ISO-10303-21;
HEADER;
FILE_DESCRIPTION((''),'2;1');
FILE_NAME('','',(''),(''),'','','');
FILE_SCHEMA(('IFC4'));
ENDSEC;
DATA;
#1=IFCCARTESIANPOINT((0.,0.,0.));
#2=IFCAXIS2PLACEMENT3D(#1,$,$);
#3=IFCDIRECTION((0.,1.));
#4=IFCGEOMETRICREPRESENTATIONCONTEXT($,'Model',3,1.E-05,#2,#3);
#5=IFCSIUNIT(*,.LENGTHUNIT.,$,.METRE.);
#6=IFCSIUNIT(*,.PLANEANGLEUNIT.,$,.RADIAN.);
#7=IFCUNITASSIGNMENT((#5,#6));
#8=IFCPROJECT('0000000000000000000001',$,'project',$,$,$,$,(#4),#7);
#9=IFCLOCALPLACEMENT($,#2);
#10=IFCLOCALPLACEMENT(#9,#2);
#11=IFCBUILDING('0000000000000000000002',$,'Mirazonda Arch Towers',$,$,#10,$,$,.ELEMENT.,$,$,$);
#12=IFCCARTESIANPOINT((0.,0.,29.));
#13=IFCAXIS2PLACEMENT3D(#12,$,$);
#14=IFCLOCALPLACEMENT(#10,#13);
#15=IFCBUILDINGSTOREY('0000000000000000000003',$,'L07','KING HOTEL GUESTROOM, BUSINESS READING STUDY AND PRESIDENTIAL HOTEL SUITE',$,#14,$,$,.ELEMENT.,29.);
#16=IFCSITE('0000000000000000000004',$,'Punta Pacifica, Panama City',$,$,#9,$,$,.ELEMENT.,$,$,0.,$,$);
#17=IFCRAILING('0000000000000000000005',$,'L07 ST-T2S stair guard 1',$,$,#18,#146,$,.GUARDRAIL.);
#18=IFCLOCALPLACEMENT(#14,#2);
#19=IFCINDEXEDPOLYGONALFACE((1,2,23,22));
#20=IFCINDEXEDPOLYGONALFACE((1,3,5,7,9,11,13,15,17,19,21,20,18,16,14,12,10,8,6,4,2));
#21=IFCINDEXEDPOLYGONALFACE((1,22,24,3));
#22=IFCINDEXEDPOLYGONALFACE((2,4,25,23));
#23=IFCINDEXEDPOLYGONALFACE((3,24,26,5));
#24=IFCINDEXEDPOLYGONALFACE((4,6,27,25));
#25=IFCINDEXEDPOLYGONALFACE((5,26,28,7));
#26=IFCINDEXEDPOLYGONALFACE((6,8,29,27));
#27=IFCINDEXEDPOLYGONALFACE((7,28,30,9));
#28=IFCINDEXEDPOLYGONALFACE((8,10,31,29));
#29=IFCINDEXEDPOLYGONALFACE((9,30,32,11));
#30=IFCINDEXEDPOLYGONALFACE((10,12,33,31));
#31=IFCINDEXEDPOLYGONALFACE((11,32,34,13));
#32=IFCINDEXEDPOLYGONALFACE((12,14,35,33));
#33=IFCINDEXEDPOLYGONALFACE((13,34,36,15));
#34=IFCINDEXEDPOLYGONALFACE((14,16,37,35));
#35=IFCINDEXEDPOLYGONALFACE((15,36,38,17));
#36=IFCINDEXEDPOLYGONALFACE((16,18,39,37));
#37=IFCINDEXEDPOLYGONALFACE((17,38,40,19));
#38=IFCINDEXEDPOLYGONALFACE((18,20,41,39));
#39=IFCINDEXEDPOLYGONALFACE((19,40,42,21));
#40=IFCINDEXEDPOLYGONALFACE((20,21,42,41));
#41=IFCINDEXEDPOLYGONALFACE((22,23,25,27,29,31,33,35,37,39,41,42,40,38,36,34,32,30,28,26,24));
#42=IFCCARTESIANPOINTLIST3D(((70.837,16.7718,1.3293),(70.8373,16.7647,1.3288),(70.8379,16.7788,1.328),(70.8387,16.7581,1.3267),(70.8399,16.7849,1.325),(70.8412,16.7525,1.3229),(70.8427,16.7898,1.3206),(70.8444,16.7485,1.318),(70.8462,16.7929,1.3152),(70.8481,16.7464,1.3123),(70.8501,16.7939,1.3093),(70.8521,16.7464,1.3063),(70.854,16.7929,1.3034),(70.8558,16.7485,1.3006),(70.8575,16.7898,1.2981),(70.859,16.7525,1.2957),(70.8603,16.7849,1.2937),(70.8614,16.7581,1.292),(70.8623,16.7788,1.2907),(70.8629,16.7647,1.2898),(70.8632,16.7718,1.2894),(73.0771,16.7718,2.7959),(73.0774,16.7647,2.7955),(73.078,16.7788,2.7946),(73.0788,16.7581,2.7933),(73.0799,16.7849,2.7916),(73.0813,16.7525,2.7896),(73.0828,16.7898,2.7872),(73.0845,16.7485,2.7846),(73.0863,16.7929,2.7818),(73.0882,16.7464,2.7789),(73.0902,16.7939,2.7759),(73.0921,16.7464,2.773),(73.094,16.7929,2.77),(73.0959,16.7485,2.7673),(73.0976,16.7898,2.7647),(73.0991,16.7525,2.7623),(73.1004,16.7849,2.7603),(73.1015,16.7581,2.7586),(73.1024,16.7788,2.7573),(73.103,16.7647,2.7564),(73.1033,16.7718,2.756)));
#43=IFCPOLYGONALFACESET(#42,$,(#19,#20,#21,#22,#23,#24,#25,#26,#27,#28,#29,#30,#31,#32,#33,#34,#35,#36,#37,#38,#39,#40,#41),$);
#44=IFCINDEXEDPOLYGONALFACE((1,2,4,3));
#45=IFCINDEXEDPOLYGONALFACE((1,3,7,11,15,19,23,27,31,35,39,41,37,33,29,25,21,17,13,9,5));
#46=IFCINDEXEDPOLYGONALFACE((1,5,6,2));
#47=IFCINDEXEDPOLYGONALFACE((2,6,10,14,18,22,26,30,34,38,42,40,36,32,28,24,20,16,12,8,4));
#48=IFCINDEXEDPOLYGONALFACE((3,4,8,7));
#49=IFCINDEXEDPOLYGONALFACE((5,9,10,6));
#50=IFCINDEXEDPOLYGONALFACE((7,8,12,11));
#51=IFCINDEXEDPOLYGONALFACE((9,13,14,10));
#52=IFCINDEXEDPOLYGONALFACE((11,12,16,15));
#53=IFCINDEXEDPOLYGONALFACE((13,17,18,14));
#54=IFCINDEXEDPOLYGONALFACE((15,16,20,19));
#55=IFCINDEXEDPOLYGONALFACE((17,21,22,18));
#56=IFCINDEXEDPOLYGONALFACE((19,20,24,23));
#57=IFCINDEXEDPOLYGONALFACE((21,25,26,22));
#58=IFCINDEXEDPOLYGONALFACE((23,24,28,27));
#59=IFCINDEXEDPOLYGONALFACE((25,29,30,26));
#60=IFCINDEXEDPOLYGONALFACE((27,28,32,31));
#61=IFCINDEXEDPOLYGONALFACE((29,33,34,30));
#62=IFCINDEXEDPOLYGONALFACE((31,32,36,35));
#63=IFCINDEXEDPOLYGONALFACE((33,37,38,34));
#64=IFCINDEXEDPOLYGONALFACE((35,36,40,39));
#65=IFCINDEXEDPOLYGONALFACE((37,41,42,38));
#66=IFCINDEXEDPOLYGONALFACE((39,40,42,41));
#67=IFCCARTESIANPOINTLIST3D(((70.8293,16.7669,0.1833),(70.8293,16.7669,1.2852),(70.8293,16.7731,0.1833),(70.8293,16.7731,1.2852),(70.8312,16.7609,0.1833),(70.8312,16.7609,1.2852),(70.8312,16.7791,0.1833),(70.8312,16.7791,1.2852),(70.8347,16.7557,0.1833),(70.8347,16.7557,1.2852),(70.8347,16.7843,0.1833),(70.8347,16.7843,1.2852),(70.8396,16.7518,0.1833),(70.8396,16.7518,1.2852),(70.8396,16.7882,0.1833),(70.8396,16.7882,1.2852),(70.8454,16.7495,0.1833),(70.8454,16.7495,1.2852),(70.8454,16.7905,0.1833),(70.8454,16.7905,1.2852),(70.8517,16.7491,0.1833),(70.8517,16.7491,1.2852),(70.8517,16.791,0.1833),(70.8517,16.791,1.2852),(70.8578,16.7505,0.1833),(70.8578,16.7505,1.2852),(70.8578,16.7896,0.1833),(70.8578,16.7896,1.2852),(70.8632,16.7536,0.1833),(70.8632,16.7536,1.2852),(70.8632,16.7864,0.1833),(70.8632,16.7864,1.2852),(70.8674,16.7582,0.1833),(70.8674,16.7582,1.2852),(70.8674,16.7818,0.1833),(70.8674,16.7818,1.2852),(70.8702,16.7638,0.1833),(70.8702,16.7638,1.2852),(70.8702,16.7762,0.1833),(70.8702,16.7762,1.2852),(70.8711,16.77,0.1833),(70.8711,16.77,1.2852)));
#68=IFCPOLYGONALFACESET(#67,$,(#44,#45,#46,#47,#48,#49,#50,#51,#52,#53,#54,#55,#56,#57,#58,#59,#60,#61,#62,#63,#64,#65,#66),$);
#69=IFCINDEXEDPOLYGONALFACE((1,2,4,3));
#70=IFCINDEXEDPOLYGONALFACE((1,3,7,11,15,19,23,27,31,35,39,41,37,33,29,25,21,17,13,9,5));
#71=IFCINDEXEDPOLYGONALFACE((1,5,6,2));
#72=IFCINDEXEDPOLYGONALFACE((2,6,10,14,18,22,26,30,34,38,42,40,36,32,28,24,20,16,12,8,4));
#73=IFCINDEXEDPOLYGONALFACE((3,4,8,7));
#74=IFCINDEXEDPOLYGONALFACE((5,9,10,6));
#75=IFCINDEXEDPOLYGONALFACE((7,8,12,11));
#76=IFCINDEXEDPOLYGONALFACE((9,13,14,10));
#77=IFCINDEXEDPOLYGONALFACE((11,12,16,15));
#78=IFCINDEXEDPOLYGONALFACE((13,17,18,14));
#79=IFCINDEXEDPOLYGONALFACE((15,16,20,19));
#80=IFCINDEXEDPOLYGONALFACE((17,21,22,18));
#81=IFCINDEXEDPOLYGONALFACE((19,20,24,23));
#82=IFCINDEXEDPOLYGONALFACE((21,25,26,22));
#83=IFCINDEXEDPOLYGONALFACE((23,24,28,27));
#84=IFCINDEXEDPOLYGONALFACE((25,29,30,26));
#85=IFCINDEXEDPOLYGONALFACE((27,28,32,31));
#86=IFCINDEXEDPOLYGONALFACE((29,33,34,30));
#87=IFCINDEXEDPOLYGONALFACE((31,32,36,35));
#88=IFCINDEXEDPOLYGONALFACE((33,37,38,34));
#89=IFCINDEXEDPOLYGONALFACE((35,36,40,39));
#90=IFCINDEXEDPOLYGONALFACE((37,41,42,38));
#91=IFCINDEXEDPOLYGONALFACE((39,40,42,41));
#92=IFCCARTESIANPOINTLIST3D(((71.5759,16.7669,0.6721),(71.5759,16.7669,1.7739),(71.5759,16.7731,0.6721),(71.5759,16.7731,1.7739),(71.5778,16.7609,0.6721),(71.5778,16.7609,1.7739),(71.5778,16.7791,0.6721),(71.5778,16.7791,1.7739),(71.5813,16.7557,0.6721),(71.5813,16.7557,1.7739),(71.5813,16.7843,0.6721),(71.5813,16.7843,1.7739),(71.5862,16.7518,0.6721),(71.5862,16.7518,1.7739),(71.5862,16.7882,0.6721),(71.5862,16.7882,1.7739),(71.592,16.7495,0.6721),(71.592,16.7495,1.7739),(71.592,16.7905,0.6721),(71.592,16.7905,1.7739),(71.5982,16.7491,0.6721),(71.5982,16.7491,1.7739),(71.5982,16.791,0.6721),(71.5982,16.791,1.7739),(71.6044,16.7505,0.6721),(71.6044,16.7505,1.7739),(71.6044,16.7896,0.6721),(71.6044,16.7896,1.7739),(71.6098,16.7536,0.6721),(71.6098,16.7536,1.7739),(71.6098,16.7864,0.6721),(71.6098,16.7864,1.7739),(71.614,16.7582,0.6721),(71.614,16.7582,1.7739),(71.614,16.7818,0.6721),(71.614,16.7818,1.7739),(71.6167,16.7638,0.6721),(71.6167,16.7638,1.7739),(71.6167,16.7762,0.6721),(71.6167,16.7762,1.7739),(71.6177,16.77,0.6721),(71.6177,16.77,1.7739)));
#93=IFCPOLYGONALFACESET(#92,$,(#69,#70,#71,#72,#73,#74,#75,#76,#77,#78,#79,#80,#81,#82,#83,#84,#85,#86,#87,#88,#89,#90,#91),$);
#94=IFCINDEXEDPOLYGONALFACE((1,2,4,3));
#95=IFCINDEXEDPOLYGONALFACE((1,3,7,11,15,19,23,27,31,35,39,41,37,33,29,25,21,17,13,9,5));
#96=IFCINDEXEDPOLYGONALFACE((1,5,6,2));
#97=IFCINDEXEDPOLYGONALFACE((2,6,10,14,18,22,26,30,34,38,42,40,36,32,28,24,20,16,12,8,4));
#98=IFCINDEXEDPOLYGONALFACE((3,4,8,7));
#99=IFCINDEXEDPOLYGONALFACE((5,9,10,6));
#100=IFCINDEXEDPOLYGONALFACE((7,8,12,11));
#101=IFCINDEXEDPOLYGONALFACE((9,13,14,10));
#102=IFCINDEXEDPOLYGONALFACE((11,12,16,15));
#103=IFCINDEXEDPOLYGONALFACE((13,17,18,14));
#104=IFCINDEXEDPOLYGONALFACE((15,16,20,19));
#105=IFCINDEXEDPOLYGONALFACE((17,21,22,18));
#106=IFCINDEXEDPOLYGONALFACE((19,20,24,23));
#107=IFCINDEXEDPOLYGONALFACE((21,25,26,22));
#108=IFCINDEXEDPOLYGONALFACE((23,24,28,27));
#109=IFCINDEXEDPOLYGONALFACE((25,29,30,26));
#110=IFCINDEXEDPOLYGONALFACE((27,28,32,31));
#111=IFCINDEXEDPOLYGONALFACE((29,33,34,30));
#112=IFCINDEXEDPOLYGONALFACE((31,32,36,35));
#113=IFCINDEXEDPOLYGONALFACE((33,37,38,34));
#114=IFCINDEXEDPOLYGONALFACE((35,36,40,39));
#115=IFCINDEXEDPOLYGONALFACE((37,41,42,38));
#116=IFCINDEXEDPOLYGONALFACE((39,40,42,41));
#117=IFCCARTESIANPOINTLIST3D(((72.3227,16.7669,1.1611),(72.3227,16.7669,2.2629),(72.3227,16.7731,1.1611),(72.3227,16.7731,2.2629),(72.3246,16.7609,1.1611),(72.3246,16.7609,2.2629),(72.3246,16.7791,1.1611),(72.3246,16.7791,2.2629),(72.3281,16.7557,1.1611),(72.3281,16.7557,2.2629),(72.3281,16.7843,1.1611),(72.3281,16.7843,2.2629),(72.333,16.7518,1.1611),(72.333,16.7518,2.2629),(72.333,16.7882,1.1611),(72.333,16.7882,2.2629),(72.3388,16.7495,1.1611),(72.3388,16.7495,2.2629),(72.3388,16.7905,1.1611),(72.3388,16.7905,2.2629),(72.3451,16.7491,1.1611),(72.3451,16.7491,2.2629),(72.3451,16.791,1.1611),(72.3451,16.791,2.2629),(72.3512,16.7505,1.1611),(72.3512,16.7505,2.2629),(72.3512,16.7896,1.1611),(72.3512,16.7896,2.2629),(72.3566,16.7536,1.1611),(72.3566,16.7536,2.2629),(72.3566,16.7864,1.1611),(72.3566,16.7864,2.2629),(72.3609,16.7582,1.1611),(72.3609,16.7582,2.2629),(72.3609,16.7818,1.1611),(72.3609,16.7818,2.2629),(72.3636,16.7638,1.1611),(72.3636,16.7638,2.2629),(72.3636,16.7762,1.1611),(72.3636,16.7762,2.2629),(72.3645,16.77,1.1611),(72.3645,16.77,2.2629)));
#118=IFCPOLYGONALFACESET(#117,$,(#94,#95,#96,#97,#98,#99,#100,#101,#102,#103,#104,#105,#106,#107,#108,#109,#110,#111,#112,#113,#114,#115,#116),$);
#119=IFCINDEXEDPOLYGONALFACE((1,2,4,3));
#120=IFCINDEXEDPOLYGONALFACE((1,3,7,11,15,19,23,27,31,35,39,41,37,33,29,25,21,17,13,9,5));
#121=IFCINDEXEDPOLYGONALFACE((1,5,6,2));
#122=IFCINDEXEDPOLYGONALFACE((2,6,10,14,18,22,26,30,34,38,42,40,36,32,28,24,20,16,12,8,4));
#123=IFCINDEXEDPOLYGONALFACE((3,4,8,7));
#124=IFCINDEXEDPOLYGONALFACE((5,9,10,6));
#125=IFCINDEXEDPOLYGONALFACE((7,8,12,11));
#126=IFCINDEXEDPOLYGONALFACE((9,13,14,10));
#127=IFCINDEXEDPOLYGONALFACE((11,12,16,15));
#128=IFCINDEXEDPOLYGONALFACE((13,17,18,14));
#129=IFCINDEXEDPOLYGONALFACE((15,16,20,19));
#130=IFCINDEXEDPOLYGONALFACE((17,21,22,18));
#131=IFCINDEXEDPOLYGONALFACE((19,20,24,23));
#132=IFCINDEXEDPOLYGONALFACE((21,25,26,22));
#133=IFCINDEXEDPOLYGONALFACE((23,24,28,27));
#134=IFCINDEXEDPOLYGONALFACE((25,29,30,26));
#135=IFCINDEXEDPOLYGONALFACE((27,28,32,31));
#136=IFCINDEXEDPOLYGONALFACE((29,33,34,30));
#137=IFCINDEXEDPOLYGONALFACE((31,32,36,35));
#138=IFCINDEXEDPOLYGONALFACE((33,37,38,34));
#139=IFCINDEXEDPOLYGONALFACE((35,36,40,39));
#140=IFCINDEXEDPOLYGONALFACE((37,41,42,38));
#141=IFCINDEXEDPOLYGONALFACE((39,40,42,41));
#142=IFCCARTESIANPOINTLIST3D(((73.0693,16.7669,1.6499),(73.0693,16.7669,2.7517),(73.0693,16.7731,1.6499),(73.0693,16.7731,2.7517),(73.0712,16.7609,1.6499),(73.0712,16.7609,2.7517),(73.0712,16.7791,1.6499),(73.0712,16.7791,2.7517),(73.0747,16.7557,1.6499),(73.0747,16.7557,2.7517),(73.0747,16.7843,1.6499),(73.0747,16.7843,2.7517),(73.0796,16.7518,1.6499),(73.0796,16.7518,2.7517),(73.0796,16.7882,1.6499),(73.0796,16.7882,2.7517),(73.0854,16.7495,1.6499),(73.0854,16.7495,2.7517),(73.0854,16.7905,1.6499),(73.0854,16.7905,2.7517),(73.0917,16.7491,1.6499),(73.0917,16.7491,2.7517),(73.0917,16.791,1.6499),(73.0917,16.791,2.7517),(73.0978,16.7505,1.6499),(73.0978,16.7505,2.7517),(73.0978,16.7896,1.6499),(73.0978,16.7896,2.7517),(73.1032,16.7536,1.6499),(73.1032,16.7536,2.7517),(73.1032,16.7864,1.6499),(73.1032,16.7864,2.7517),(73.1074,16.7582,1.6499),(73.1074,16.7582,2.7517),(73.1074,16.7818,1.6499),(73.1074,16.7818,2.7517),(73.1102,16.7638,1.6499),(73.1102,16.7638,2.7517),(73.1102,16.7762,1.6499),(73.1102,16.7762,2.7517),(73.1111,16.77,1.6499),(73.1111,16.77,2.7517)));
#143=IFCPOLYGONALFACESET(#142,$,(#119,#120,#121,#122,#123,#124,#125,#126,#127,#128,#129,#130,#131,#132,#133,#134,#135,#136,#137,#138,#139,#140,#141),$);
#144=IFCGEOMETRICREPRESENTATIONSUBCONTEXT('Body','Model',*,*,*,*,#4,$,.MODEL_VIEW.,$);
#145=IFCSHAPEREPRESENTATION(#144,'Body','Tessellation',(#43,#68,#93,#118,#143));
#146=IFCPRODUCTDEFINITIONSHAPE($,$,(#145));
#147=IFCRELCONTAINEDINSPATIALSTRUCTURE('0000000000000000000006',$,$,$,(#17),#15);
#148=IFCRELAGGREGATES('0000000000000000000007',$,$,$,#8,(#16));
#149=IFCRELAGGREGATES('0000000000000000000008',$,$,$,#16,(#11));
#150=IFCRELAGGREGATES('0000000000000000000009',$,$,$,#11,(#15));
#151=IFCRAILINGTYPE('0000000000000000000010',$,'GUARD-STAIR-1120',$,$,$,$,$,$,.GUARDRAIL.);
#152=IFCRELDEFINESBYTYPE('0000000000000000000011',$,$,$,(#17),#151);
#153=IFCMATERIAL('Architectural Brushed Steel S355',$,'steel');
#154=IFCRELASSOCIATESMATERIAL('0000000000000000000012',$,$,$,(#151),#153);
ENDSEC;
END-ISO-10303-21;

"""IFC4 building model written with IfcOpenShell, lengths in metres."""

from ifc_helpers import new_model, si_unit, direction, frame, origin, origin_2d, place, context, subcontext, project, spatial, circle, extrude, material, type_object, element, save


model = new_model("IFC4")

# Units and contexts
model_context = context("Model", 3, precision=1e-05, world=origin(), true_north=direction((0.0, 1.0)))
body_context = subcontext(model_context, "Body", "Model", "MODEL_VIEW")
ifc_project = project(units=[si_unit("LENGTHUNIT", "METRE"), si_unit("PLANEANGLEUNIT", "RADIAN")], contexts=[model_context])

# Site, building, storey
site_placement = place(None, origin())
site = spatial("IfcSite", under=ifc_project, at=site_placement, Name="Punta Pacifica, Panama City", CompositionType="ELEMENT", RefElevation=0.0)
building_placement = place(site_placement, origin())
building = spatial("IfcBuilding", under=site, at=building_placement, Name="Mirazonda Arch Towers", CompositionType="ELEMENT")
storey_placement = place(building_placement, frame((0.0, 0.0, 29.0)))
storey = spatial("IfcBuildingStorey", under=building, at=storey_placement, Name="L07", Description="KING HOTEL GUESTROOM, BUSINESS READING STUDY AND PRESIDENTIAL HOTEL SUITE", CompositionType="ELEMENT", Elevation=29.0)

# Shared definitions
ifc_material_1 = material(Name="Architectural Brushed Steel S355", Category="steel")

# Railing
railing_type = type_object("IfcRailingType", Name="GUARD-STAIR-1120", PredefinedType="GUARDRAIL", material=ifc_material_1)
railing_1_placement = place(storey_placement, frame((70.8501, 16.77, 0.1833)))
element("IfcRailing", 1, at=railing_1_placement, inside=storey, type_object=railing_type, Name="L07 ST-T2S stair guard 1", PredefinedType="GUARDRAIL", context=body_context, shape_type="SweptSolid", body=[
    extrude(circle(Radius=0.0239, at=origin_2d()), frame((0.0, 0.0, 1.126), z_axis=(0.836637, 0.0, 0.547758), x_axis=(0.0, 1.0, 0.0)), (0.0, 0.0, 1.0), 2.6775),
    extrude(circle(Radius=0.021, at=origin_2d()), origin(), (0.0, 0.0, 1.0), 1.1018),
    extrude(circle(Radius=0.021, at=origin_2d()), frame((0.7466, 0.0, 0.4888)), (0.0, 0.0, 1.0), 1.1018),
    extrude(circle(Radius=0.021, at=origin_2d()), frame((1.4934, 0.0, 0.9778)), (0.0, 0.0, 1.0), 1.1018),
    extrude(circle(Radius=0.021, at=origin_2d()), frame((2.24, 0.0, 1.4666)), (0.0, 0.0, 1.0), 1.1018),
])

save(model, "model.ifc")
